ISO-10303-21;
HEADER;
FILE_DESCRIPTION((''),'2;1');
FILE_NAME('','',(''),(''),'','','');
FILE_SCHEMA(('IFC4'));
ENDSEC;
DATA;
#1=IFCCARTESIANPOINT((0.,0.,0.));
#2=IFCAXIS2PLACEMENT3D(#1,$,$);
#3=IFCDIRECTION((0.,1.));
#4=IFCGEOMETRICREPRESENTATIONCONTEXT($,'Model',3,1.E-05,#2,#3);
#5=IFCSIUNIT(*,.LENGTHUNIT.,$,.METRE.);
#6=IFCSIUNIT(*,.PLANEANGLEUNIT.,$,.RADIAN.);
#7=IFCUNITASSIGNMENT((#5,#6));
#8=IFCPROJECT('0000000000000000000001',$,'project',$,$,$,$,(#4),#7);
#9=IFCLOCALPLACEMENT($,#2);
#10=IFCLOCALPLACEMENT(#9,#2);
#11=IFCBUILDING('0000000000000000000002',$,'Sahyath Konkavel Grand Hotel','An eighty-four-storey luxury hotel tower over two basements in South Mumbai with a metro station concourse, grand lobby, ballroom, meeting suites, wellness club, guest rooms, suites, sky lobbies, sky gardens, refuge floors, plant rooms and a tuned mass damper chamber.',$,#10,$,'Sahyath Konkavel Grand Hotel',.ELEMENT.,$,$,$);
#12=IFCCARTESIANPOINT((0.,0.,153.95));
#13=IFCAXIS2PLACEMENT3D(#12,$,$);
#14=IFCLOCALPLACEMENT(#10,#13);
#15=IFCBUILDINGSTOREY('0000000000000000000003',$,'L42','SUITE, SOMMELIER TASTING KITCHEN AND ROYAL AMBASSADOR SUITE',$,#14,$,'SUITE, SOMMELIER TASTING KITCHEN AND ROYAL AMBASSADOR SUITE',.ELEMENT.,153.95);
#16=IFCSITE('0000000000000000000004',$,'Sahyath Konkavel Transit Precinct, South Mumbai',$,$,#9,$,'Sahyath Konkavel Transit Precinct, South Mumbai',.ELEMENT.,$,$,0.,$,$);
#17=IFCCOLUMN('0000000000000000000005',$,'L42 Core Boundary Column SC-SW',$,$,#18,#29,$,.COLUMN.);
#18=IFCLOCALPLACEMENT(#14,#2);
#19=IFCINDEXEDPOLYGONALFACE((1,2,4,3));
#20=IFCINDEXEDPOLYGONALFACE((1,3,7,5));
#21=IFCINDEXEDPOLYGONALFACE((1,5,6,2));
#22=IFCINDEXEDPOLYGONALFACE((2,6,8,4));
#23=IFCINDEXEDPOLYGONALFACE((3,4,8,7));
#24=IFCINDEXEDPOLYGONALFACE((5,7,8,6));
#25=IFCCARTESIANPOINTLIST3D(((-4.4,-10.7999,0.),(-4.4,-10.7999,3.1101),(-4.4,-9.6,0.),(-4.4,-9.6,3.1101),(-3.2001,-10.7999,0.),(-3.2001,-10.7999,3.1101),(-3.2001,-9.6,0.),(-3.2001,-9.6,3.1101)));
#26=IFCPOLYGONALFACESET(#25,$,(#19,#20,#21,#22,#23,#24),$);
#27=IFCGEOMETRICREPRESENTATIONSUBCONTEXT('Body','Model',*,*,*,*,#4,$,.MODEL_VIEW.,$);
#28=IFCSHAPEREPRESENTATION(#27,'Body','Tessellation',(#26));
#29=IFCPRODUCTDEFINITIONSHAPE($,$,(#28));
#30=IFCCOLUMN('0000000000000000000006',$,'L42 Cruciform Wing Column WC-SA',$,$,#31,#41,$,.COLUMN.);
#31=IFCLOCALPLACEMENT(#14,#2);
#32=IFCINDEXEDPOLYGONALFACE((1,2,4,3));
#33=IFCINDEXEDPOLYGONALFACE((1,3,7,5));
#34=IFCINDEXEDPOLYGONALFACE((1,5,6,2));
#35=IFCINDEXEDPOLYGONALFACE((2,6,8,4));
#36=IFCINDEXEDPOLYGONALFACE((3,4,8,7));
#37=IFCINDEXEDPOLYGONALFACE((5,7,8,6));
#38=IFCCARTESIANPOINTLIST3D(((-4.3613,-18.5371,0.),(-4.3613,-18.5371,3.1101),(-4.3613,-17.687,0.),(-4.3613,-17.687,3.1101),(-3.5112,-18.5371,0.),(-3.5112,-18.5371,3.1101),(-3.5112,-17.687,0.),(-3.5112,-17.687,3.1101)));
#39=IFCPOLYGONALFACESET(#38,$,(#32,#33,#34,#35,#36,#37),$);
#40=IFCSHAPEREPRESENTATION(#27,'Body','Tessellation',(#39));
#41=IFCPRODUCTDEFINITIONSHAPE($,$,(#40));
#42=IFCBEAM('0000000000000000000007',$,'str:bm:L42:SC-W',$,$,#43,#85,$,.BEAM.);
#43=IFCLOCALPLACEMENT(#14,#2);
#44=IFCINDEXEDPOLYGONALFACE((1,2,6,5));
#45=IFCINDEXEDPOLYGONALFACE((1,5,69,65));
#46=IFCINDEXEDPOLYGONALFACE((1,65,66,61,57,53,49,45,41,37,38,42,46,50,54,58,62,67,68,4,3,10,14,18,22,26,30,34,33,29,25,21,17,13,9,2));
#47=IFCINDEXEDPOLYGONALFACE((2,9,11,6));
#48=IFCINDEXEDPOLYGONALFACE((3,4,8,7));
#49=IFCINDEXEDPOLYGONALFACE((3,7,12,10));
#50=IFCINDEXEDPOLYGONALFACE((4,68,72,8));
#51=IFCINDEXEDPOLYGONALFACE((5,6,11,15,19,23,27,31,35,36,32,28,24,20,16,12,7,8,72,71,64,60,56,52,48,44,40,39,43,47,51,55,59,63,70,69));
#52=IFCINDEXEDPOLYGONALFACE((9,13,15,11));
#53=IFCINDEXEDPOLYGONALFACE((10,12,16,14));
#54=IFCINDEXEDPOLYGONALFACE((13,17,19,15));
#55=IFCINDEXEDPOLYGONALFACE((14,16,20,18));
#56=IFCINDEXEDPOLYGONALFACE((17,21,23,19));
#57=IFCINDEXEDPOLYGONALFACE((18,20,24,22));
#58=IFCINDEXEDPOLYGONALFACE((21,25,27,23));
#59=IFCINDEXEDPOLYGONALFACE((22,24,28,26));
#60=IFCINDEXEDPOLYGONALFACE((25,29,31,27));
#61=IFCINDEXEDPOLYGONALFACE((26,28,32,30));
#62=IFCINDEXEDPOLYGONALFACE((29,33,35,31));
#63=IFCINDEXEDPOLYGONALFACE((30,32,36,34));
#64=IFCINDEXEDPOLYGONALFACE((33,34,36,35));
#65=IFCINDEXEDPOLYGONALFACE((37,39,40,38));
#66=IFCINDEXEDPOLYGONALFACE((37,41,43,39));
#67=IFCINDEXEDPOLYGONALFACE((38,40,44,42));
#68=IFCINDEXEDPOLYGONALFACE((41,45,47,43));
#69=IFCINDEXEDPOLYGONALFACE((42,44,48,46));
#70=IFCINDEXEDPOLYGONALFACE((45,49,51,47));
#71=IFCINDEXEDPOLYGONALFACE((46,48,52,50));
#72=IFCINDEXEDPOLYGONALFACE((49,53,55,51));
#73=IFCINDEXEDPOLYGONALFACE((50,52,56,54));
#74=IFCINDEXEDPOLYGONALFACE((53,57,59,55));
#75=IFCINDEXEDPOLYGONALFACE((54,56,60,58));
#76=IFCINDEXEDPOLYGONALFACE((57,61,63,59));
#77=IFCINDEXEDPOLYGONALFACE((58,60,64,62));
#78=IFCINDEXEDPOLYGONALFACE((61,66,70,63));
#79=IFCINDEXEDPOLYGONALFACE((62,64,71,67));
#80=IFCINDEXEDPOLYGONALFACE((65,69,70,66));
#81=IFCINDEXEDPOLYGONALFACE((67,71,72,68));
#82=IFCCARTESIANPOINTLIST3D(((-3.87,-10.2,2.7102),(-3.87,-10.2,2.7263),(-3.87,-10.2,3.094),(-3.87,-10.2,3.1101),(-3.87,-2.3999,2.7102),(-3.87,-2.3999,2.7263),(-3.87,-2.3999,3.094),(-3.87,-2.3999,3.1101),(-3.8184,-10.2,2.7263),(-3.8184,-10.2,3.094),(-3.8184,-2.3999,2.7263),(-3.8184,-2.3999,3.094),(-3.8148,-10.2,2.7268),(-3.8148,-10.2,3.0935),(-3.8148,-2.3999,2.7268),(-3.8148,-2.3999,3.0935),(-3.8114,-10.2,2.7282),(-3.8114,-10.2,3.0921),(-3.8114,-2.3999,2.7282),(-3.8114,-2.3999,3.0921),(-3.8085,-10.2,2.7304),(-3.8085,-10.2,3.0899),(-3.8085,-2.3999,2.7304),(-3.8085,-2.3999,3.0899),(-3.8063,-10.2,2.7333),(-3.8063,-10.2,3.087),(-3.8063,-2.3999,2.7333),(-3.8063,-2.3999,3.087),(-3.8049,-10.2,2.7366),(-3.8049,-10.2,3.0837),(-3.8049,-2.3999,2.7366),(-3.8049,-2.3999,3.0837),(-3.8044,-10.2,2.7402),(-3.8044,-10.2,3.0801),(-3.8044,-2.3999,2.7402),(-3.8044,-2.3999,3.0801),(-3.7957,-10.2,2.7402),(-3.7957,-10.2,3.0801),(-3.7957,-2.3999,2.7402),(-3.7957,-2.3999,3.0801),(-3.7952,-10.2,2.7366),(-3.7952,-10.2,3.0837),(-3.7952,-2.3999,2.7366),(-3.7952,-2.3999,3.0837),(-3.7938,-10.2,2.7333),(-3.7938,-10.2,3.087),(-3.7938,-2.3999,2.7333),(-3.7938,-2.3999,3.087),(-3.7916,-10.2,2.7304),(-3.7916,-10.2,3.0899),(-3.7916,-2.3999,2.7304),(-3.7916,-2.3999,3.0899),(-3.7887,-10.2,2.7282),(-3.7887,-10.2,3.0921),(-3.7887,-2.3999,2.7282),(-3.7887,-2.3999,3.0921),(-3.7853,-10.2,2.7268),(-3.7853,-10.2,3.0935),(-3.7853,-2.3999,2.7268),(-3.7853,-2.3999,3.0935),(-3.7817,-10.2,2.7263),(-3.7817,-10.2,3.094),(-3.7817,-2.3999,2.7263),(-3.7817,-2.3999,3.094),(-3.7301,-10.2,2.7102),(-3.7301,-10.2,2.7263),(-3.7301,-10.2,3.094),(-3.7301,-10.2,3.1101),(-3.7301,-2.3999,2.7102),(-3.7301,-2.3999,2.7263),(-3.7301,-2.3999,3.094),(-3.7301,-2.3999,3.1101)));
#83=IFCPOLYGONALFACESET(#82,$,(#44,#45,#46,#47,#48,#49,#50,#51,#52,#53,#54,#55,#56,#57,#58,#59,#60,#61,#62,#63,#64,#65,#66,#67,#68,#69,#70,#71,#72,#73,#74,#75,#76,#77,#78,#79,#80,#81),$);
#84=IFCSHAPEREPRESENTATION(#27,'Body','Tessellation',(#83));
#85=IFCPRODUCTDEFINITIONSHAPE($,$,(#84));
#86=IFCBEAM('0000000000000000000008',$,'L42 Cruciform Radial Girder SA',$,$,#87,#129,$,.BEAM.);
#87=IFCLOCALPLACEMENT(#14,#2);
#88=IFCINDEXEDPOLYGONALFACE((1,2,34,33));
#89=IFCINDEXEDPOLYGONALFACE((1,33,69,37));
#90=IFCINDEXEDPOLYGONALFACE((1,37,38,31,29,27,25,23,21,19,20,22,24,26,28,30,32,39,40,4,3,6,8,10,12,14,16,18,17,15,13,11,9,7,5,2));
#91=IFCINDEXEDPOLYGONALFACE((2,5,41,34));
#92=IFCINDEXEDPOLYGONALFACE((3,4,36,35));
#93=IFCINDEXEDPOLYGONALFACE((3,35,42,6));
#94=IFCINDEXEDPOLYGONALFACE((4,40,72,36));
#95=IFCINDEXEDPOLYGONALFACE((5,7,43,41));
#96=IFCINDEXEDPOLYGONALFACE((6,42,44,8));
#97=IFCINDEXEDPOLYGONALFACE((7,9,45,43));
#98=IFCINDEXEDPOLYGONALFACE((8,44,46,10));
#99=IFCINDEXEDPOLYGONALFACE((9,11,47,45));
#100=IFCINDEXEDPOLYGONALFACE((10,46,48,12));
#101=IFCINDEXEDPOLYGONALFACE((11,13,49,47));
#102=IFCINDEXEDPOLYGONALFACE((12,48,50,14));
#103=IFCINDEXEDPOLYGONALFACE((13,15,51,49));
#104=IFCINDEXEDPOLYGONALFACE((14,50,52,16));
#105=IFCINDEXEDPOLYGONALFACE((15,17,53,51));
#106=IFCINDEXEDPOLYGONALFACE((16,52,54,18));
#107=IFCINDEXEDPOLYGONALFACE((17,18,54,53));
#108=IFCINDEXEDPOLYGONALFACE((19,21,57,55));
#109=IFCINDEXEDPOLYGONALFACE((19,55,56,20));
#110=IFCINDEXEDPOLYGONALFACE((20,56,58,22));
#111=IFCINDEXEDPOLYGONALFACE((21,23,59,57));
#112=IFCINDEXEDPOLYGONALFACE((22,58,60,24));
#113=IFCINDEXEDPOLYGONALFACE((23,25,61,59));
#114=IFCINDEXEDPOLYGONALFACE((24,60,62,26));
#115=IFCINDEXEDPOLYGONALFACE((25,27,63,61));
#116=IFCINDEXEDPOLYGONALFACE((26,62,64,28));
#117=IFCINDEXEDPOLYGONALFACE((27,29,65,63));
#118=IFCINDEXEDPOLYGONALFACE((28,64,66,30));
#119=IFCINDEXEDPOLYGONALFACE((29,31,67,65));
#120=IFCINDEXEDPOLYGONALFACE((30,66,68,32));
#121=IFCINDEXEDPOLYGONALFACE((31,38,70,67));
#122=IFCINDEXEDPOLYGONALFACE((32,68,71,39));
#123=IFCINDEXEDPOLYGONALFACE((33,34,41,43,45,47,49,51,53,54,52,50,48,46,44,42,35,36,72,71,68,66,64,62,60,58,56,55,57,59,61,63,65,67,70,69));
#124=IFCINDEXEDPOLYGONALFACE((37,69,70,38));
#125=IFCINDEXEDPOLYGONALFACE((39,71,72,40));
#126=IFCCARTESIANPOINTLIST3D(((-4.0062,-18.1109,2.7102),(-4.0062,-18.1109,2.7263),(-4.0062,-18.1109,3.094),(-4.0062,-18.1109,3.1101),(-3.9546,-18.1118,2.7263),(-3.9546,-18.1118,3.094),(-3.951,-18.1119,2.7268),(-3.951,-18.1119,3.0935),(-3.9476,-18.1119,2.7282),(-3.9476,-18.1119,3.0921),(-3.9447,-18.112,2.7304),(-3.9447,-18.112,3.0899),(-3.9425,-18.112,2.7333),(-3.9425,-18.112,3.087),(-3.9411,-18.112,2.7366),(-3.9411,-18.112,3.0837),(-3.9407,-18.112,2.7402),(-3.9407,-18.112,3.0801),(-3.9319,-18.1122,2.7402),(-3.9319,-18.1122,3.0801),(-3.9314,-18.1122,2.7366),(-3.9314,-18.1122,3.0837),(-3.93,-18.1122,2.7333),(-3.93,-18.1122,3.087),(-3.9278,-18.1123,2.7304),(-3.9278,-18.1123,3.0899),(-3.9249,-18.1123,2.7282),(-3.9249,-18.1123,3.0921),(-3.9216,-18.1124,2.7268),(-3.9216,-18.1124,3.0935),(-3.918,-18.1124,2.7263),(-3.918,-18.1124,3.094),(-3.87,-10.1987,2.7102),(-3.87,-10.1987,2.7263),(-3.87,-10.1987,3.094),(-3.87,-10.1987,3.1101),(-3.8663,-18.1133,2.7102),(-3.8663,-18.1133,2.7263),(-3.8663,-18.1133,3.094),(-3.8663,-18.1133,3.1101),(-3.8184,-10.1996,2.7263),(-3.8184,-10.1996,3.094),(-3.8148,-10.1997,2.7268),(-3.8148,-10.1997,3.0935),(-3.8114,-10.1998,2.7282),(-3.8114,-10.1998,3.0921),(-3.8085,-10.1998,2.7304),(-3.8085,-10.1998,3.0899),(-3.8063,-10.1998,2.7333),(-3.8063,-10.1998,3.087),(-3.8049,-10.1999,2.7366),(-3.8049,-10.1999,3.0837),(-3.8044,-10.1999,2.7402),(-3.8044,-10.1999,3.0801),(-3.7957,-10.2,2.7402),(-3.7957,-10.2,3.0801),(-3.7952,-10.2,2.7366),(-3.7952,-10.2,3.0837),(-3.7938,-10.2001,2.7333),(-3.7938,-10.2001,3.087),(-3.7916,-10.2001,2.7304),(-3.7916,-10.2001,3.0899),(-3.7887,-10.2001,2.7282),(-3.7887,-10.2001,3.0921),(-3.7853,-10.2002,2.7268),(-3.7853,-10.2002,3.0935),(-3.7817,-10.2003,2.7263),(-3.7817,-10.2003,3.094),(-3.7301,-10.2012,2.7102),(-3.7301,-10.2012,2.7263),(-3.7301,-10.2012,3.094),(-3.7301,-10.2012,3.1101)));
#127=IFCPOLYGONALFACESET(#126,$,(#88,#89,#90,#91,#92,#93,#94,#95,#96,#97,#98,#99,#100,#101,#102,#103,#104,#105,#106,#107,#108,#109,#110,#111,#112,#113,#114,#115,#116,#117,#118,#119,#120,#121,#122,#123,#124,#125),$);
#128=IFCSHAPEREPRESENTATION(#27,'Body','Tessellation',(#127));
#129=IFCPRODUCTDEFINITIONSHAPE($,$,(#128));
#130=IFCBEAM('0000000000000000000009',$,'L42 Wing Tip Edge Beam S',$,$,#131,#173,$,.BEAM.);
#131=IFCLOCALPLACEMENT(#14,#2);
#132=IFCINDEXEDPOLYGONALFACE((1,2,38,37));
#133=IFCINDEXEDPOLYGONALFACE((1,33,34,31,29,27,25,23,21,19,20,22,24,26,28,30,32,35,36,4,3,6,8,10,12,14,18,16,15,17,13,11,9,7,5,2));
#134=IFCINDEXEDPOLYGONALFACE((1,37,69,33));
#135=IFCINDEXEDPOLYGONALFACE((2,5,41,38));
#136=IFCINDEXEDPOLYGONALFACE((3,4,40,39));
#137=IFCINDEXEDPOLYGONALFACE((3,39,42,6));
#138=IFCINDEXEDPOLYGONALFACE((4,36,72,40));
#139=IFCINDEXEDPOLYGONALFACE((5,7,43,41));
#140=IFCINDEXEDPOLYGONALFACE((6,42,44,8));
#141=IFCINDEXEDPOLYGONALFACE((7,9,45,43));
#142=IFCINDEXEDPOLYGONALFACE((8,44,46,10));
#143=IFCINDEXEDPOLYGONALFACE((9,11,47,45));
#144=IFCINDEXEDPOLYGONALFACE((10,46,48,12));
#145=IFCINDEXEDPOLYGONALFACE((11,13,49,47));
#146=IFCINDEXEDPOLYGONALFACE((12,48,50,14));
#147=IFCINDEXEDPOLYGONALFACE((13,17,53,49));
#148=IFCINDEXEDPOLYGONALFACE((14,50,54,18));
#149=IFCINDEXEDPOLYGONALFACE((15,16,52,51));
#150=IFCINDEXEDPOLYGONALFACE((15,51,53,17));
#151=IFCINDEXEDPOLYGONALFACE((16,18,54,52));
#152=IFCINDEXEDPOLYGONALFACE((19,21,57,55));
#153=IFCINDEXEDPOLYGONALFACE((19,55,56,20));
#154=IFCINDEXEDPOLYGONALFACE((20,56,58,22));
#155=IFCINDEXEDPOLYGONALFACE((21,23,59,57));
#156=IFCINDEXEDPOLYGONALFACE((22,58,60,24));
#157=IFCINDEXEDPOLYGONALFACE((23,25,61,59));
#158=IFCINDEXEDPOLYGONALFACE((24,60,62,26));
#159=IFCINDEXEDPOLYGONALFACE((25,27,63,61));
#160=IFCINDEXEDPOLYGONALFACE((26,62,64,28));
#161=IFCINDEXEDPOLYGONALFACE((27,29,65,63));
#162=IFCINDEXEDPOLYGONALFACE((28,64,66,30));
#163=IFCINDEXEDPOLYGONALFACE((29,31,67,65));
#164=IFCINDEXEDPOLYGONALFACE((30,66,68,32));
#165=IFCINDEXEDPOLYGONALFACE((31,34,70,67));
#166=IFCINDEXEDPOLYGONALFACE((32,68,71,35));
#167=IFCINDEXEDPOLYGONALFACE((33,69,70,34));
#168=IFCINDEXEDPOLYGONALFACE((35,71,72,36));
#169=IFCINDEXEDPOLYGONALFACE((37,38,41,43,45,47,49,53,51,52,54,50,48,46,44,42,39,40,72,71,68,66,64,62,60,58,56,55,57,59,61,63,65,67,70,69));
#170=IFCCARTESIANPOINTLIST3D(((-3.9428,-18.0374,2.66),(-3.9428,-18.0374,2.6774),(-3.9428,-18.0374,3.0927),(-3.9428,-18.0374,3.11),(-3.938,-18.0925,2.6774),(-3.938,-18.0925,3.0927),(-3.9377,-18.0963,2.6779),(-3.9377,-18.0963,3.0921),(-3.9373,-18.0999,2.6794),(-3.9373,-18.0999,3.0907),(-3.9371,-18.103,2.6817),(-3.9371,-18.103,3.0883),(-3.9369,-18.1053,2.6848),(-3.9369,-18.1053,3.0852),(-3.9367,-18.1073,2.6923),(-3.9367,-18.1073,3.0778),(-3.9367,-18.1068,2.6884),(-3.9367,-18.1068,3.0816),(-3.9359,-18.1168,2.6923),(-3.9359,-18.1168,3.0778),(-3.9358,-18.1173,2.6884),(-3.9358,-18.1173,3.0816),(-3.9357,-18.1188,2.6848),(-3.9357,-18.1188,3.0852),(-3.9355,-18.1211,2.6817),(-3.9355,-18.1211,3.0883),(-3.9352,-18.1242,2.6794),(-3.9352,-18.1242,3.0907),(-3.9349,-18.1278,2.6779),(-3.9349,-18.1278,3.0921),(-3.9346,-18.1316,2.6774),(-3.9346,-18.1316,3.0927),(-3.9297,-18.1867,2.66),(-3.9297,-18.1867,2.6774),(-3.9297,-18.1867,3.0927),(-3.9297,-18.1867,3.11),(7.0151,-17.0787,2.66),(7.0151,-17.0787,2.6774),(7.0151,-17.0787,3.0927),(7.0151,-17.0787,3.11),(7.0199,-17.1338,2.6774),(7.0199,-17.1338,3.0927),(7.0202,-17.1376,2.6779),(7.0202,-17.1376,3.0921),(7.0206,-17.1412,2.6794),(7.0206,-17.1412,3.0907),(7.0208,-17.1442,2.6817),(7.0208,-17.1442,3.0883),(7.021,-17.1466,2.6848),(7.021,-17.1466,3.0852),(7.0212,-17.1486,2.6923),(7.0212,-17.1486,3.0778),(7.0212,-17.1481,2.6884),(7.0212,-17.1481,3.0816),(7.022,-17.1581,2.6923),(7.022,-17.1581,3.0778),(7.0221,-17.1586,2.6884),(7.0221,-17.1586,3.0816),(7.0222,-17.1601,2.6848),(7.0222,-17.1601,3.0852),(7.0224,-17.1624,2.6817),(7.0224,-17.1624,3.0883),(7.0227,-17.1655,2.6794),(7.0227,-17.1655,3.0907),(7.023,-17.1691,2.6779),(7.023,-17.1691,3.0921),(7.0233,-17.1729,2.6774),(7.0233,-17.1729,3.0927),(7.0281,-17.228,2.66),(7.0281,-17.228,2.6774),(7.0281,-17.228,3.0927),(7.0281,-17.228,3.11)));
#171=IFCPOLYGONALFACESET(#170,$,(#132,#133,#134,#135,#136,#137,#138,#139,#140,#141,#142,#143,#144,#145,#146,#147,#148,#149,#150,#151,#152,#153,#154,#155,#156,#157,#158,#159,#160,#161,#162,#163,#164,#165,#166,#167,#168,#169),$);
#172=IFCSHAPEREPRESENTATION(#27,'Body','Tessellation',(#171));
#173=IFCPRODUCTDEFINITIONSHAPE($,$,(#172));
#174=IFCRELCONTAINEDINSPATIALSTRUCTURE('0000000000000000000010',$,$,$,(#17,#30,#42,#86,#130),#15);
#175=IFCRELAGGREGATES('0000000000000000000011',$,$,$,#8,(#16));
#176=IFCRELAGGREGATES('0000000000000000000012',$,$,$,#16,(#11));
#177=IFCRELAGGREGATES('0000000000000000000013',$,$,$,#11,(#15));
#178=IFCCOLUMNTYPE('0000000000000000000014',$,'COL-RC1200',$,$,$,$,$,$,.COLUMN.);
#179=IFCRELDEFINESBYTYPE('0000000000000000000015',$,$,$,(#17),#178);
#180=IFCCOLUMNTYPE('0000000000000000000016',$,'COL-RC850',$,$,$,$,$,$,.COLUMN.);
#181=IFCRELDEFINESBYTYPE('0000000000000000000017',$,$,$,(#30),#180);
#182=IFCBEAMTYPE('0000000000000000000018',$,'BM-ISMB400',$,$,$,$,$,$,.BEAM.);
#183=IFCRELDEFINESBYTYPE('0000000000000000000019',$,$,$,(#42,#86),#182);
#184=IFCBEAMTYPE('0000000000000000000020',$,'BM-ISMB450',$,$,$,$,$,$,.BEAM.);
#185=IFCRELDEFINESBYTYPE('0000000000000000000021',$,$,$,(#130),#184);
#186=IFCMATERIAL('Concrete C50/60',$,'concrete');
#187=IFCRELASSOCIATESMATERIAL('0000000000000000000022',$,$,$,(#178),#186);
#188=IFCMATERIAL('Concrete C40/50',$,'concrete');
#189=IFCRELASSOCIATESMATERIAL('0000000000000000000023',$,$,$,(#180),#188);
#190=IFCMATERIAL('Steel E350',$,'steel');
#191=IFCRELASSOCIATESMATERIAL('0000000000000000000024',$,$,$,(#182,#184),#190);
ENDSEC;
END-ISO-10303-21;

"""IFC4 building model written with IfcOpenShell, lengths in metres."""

from ifc_helpers import new_model, si_unit, direction, frame, origin, origin_2d, place, context, subcontext, project, spatial, rectangle, i_section, extrude, source, transform, mapped, material, material_profile, profile_set, type_object, element, save


model = new_model("IFC4")

# Units and contexts
model_context = context("Model", 3, precision=1e-05, world=origin(), true_north=direction((0.0, 1.0)))
body_context = subcontext(model_context, "Body", "Model", "MODEL_VIEW")
ifc_project = project(units=[si_unit("LENGTHUNIT", "METRE"), si_unit("PLANEANGLEUNIT", "RADIAN")], contexts=[model_context])

# Site, building, storey
site_placement = place(None, origin())
site = spatial("IfcSite", under=ifc_project, at=site_placement, Name="Sahyath Konkavel Transit Precinct, South Mumbai", LongName="Sahyath Konkavel Transit Precinct, South Mumbai", CompositionType="ELEMENT", RefElevation=0.0)
building_placement = place(site_placement, origin())
building = spatial("IfcBuilding", under=site, at=building_placement, Name="Sahyath Konkavel Grand Hotel", Description="An eighty-four-storey luxury hotel tower over two basements in South Mumbai with a metro station concourse, grand lobby, ballroom, meeting suites, wellness club, guest rooms, suites, sky lobbies, sky gardens, refuge floors, plant rooms and a tuned mass damper chamber.", LongName="Sahyath Konkavel Grand Hotel", CompositionType="ELEMENT")
storey_placement = place(building_placement, frame((0.0, 0.0, 153.95)))
storey = spatial("IfcBuildingStorey", under=building, at=storey_placement, Name="L42", Description="SUITE, SOMMELIER TASTING KITCHEN AND ROYAL AMBASSADOR SUITE", LongName="SUITE, SOMMELIER TASTING KITCHEN AND ROYAL AMBASSADOR SUITE", CompositionType="ELEMENT", Elevation=153.95)

# Columns
ifc_material_1 = material(Name="Concrete C50/60", Category="concrete")
ifc_material_profile_1 = material_profile(ifc_material_1, rectangle(XDim=1.2, YDim=1.2, at=origin_2d()), Name="RC 1200x1200")
ifc_profile_set_1 = profile_set([ifc_material_profile_1], Name="Concrete C50/60")
column_type_1 = type_object("IfcColumnType", Name="COL-RC1200", PredefinedType="COLUMN", material=ifc_profile_set_1)
shared_shape_1 = source(origin(), body_context, "Body", "SweptSolid", [
    extrude(rectangle(XDim=1.2, YDim=1.2, at=origin_2d()), origin(), (0.0, 0.0, 1.0), 3.1101),
])
column_1_placement = place(storey_placement, frame((-3.8, -10.2, 0.0), z_axis=(0.0, 0.0, 1.0), x_axis=(1.0, 0.0, 0.0)))
element("IfcColumn", 1, at=column_1_placement, inside=storey, type_object=column_type_1, Name="L42 Core Boundary Column SC-SW", PredefinedType="COLUMN", context=body_context, shape_type="MappedRepresentation", body=[
    mapped(shared_shape_1, transform((0.0, 0.0, 0.0), scale=1.0)),
])
ifc_material_2 = material(Name="Concrete C40/50", Category="concrete")
ifc_material_profile_2 = material_profile(ifc_material_2, rectangle(XDim=0.8501, YDim=0.8501, at=origin_2d()), Name="RC 850x850")
ifc_profile_set_2 = profile_set([ifc_material_profile_2], Name="Concrete C40/50")
column_type_2 = type_object("IfcColumnType", Name="COL-RC850", PredefinedType="COLUMN", material=ifc_profile_set_2)
shared_shape_2 = source(origin(), body_context, "Body", "SweptSolid", [
    extrude(rectangle(XDim=0.8501, YDim=0.8501, at=origin_2d()), origin(), (0.0, 0.0, 1.0), 3.1101),
])
column_2_placement = place(storey_placement, frame((-3.9363, -18.1121, 0.0), z_axis=(0.0, 0.0, 1.0), x_axis=(1.0, 0.0, 0.0)))
element("IfcColumn", 2, at=column_2_placement, inside=storey, type_object=column_type_2, Name="L42 Cruciform Wing Column WC-SA", PredefinedType="COLUMN", context=body_context, shape_type="MappedRepresentation", body=[
    mapped(shared_shape_2, transform((0.0, 0.0, 0.0), scale=1.0)),
])

# Beams
ifc_material_3 = material(Name="Steel E350", Category="steel")
ifc_material_profile_3 = material_profile(ifc_material_3, i_section(OverallWidth=0.1399, OverallDepth=0.3999, WebThickness=0.0088, FlangeThickness=0.0161, FilletRadius=0.0139, at=origin_2d()), Name="ISMB 400")
ifc_profile_set_3 = profile_set([ifc_material_profile_3], Name="Steel E350")
beam_type_1 = type_object("IfcBeamType", Name="BM-ISMB400", PredefinedType="BEAM", material=ifc_profile_set_3)
shared_shape_3 = source(origin(), body_context, "Body", "SweptSolid", [
    extrude(i_section(OverallWidth=0.1399, OverallDepth=0.3999, WebThickness=0.0088, FlangeThickness=0.0161, FilletRadius=0.0139, at=origin_2d()), origin(), (0.0, 0.0, 1.0), 7.8),
])
beam_1_placement = place(storey_placement, frame((-3.8, -10.2, 2.9102), z_axis=(0.0, 1.0, 0.0), x_axis=(-1.0, 0.0, 0.0)))
element("IfcBeam", 3, at=beam_1_placement, inside=storey, type_object=beam_type_1, Name="str:bm:L42:SC-W", PredefinedType="BEAM", context=body_context, shape_type="MappedRepresentation", body=[
    mapped(shared_shape_3, transform((0.0, 0.0, 0.0), scale=1.0)),
])
shared_shape_4 = source(origin(), body_context, "Body", "SweptSolid", [
    extrude(i_section(OverallWidth=0.1399, OverallDepth=0.3999, WebThickness=0.0088, FlangeThickness=0.0161, FilletRadius=0.0139, at=origin_2d()), origin(), (0.0, 0.0, 1.0), 7.9133),
])
beam_2_placement = place(storey_placement, frame((-3.8, -10.2, 2.9102), z_axis=(-0.017215, -0.999852, 0.0), x_axis=(0.999852, -0.017215, 0.0)))
element("IfcBeam", 4, at=beam_2_placement, inside=storey, type_object=beam_type_1, Name="L42 Cruciform Radial Girder SA", PredefinedType="BEAM", context=body_context, shape_type="MappedRepresentation", body=[
    mapped(shared_shape_4, transform((0.0, 0.0, 0.0), scale=1.0)),
])
ifc_material_profile_4 = material_profile(ifc_material_3, i_section(OverallWidth=0.1499, OverallDepth=0.45, WebThickness=0.0095, FlangeThickness=0.0173, FilletRadius=0.0149, at=origin_2d()), Name="ISMB 450")
ifc_profile_set_4 = profile_set([ifc_material_profile_4], Name="Steel E350")
beam_type_2 = type_object("IfcBeamType", Name="BM-ISMB450", PredefinedType="BEAM", material=ifc_profile_set_4)
shared_shape_5 = source(origin(), body_context, "Body", "SweptSolid", [
    extrude(i_section(OverallWidth=0.1499, OverallDepth=0.45, WebThickness=0.0095, FlangeThickness=0.0173, FilletRadius=0.0149, at=origin_2d()), origin(), (0.0, 0.0, 1.0), 10.9998),
])
beam_3_placement = place(storey_placement, frame((-3.9363, -18.1121, 2.885), z_axis=(0.996194, 0.087159, 0.0), x_axis=(-0.087159, 0.996194, 0.0)))
element("IfcBeam", 5, at=beam_3_placement, inside=storey, type_object=beam_type_2, Name="L42 Wing Tip Edge Beam S", PredefinedType="BEAM", context=body_context, shape_type="MappedRepresentation", body=[
    mapped(shared_shape_5, transform((0.0, 0.0, 0.0), scale=1.0)),
])

save(model, "model.ifc")
